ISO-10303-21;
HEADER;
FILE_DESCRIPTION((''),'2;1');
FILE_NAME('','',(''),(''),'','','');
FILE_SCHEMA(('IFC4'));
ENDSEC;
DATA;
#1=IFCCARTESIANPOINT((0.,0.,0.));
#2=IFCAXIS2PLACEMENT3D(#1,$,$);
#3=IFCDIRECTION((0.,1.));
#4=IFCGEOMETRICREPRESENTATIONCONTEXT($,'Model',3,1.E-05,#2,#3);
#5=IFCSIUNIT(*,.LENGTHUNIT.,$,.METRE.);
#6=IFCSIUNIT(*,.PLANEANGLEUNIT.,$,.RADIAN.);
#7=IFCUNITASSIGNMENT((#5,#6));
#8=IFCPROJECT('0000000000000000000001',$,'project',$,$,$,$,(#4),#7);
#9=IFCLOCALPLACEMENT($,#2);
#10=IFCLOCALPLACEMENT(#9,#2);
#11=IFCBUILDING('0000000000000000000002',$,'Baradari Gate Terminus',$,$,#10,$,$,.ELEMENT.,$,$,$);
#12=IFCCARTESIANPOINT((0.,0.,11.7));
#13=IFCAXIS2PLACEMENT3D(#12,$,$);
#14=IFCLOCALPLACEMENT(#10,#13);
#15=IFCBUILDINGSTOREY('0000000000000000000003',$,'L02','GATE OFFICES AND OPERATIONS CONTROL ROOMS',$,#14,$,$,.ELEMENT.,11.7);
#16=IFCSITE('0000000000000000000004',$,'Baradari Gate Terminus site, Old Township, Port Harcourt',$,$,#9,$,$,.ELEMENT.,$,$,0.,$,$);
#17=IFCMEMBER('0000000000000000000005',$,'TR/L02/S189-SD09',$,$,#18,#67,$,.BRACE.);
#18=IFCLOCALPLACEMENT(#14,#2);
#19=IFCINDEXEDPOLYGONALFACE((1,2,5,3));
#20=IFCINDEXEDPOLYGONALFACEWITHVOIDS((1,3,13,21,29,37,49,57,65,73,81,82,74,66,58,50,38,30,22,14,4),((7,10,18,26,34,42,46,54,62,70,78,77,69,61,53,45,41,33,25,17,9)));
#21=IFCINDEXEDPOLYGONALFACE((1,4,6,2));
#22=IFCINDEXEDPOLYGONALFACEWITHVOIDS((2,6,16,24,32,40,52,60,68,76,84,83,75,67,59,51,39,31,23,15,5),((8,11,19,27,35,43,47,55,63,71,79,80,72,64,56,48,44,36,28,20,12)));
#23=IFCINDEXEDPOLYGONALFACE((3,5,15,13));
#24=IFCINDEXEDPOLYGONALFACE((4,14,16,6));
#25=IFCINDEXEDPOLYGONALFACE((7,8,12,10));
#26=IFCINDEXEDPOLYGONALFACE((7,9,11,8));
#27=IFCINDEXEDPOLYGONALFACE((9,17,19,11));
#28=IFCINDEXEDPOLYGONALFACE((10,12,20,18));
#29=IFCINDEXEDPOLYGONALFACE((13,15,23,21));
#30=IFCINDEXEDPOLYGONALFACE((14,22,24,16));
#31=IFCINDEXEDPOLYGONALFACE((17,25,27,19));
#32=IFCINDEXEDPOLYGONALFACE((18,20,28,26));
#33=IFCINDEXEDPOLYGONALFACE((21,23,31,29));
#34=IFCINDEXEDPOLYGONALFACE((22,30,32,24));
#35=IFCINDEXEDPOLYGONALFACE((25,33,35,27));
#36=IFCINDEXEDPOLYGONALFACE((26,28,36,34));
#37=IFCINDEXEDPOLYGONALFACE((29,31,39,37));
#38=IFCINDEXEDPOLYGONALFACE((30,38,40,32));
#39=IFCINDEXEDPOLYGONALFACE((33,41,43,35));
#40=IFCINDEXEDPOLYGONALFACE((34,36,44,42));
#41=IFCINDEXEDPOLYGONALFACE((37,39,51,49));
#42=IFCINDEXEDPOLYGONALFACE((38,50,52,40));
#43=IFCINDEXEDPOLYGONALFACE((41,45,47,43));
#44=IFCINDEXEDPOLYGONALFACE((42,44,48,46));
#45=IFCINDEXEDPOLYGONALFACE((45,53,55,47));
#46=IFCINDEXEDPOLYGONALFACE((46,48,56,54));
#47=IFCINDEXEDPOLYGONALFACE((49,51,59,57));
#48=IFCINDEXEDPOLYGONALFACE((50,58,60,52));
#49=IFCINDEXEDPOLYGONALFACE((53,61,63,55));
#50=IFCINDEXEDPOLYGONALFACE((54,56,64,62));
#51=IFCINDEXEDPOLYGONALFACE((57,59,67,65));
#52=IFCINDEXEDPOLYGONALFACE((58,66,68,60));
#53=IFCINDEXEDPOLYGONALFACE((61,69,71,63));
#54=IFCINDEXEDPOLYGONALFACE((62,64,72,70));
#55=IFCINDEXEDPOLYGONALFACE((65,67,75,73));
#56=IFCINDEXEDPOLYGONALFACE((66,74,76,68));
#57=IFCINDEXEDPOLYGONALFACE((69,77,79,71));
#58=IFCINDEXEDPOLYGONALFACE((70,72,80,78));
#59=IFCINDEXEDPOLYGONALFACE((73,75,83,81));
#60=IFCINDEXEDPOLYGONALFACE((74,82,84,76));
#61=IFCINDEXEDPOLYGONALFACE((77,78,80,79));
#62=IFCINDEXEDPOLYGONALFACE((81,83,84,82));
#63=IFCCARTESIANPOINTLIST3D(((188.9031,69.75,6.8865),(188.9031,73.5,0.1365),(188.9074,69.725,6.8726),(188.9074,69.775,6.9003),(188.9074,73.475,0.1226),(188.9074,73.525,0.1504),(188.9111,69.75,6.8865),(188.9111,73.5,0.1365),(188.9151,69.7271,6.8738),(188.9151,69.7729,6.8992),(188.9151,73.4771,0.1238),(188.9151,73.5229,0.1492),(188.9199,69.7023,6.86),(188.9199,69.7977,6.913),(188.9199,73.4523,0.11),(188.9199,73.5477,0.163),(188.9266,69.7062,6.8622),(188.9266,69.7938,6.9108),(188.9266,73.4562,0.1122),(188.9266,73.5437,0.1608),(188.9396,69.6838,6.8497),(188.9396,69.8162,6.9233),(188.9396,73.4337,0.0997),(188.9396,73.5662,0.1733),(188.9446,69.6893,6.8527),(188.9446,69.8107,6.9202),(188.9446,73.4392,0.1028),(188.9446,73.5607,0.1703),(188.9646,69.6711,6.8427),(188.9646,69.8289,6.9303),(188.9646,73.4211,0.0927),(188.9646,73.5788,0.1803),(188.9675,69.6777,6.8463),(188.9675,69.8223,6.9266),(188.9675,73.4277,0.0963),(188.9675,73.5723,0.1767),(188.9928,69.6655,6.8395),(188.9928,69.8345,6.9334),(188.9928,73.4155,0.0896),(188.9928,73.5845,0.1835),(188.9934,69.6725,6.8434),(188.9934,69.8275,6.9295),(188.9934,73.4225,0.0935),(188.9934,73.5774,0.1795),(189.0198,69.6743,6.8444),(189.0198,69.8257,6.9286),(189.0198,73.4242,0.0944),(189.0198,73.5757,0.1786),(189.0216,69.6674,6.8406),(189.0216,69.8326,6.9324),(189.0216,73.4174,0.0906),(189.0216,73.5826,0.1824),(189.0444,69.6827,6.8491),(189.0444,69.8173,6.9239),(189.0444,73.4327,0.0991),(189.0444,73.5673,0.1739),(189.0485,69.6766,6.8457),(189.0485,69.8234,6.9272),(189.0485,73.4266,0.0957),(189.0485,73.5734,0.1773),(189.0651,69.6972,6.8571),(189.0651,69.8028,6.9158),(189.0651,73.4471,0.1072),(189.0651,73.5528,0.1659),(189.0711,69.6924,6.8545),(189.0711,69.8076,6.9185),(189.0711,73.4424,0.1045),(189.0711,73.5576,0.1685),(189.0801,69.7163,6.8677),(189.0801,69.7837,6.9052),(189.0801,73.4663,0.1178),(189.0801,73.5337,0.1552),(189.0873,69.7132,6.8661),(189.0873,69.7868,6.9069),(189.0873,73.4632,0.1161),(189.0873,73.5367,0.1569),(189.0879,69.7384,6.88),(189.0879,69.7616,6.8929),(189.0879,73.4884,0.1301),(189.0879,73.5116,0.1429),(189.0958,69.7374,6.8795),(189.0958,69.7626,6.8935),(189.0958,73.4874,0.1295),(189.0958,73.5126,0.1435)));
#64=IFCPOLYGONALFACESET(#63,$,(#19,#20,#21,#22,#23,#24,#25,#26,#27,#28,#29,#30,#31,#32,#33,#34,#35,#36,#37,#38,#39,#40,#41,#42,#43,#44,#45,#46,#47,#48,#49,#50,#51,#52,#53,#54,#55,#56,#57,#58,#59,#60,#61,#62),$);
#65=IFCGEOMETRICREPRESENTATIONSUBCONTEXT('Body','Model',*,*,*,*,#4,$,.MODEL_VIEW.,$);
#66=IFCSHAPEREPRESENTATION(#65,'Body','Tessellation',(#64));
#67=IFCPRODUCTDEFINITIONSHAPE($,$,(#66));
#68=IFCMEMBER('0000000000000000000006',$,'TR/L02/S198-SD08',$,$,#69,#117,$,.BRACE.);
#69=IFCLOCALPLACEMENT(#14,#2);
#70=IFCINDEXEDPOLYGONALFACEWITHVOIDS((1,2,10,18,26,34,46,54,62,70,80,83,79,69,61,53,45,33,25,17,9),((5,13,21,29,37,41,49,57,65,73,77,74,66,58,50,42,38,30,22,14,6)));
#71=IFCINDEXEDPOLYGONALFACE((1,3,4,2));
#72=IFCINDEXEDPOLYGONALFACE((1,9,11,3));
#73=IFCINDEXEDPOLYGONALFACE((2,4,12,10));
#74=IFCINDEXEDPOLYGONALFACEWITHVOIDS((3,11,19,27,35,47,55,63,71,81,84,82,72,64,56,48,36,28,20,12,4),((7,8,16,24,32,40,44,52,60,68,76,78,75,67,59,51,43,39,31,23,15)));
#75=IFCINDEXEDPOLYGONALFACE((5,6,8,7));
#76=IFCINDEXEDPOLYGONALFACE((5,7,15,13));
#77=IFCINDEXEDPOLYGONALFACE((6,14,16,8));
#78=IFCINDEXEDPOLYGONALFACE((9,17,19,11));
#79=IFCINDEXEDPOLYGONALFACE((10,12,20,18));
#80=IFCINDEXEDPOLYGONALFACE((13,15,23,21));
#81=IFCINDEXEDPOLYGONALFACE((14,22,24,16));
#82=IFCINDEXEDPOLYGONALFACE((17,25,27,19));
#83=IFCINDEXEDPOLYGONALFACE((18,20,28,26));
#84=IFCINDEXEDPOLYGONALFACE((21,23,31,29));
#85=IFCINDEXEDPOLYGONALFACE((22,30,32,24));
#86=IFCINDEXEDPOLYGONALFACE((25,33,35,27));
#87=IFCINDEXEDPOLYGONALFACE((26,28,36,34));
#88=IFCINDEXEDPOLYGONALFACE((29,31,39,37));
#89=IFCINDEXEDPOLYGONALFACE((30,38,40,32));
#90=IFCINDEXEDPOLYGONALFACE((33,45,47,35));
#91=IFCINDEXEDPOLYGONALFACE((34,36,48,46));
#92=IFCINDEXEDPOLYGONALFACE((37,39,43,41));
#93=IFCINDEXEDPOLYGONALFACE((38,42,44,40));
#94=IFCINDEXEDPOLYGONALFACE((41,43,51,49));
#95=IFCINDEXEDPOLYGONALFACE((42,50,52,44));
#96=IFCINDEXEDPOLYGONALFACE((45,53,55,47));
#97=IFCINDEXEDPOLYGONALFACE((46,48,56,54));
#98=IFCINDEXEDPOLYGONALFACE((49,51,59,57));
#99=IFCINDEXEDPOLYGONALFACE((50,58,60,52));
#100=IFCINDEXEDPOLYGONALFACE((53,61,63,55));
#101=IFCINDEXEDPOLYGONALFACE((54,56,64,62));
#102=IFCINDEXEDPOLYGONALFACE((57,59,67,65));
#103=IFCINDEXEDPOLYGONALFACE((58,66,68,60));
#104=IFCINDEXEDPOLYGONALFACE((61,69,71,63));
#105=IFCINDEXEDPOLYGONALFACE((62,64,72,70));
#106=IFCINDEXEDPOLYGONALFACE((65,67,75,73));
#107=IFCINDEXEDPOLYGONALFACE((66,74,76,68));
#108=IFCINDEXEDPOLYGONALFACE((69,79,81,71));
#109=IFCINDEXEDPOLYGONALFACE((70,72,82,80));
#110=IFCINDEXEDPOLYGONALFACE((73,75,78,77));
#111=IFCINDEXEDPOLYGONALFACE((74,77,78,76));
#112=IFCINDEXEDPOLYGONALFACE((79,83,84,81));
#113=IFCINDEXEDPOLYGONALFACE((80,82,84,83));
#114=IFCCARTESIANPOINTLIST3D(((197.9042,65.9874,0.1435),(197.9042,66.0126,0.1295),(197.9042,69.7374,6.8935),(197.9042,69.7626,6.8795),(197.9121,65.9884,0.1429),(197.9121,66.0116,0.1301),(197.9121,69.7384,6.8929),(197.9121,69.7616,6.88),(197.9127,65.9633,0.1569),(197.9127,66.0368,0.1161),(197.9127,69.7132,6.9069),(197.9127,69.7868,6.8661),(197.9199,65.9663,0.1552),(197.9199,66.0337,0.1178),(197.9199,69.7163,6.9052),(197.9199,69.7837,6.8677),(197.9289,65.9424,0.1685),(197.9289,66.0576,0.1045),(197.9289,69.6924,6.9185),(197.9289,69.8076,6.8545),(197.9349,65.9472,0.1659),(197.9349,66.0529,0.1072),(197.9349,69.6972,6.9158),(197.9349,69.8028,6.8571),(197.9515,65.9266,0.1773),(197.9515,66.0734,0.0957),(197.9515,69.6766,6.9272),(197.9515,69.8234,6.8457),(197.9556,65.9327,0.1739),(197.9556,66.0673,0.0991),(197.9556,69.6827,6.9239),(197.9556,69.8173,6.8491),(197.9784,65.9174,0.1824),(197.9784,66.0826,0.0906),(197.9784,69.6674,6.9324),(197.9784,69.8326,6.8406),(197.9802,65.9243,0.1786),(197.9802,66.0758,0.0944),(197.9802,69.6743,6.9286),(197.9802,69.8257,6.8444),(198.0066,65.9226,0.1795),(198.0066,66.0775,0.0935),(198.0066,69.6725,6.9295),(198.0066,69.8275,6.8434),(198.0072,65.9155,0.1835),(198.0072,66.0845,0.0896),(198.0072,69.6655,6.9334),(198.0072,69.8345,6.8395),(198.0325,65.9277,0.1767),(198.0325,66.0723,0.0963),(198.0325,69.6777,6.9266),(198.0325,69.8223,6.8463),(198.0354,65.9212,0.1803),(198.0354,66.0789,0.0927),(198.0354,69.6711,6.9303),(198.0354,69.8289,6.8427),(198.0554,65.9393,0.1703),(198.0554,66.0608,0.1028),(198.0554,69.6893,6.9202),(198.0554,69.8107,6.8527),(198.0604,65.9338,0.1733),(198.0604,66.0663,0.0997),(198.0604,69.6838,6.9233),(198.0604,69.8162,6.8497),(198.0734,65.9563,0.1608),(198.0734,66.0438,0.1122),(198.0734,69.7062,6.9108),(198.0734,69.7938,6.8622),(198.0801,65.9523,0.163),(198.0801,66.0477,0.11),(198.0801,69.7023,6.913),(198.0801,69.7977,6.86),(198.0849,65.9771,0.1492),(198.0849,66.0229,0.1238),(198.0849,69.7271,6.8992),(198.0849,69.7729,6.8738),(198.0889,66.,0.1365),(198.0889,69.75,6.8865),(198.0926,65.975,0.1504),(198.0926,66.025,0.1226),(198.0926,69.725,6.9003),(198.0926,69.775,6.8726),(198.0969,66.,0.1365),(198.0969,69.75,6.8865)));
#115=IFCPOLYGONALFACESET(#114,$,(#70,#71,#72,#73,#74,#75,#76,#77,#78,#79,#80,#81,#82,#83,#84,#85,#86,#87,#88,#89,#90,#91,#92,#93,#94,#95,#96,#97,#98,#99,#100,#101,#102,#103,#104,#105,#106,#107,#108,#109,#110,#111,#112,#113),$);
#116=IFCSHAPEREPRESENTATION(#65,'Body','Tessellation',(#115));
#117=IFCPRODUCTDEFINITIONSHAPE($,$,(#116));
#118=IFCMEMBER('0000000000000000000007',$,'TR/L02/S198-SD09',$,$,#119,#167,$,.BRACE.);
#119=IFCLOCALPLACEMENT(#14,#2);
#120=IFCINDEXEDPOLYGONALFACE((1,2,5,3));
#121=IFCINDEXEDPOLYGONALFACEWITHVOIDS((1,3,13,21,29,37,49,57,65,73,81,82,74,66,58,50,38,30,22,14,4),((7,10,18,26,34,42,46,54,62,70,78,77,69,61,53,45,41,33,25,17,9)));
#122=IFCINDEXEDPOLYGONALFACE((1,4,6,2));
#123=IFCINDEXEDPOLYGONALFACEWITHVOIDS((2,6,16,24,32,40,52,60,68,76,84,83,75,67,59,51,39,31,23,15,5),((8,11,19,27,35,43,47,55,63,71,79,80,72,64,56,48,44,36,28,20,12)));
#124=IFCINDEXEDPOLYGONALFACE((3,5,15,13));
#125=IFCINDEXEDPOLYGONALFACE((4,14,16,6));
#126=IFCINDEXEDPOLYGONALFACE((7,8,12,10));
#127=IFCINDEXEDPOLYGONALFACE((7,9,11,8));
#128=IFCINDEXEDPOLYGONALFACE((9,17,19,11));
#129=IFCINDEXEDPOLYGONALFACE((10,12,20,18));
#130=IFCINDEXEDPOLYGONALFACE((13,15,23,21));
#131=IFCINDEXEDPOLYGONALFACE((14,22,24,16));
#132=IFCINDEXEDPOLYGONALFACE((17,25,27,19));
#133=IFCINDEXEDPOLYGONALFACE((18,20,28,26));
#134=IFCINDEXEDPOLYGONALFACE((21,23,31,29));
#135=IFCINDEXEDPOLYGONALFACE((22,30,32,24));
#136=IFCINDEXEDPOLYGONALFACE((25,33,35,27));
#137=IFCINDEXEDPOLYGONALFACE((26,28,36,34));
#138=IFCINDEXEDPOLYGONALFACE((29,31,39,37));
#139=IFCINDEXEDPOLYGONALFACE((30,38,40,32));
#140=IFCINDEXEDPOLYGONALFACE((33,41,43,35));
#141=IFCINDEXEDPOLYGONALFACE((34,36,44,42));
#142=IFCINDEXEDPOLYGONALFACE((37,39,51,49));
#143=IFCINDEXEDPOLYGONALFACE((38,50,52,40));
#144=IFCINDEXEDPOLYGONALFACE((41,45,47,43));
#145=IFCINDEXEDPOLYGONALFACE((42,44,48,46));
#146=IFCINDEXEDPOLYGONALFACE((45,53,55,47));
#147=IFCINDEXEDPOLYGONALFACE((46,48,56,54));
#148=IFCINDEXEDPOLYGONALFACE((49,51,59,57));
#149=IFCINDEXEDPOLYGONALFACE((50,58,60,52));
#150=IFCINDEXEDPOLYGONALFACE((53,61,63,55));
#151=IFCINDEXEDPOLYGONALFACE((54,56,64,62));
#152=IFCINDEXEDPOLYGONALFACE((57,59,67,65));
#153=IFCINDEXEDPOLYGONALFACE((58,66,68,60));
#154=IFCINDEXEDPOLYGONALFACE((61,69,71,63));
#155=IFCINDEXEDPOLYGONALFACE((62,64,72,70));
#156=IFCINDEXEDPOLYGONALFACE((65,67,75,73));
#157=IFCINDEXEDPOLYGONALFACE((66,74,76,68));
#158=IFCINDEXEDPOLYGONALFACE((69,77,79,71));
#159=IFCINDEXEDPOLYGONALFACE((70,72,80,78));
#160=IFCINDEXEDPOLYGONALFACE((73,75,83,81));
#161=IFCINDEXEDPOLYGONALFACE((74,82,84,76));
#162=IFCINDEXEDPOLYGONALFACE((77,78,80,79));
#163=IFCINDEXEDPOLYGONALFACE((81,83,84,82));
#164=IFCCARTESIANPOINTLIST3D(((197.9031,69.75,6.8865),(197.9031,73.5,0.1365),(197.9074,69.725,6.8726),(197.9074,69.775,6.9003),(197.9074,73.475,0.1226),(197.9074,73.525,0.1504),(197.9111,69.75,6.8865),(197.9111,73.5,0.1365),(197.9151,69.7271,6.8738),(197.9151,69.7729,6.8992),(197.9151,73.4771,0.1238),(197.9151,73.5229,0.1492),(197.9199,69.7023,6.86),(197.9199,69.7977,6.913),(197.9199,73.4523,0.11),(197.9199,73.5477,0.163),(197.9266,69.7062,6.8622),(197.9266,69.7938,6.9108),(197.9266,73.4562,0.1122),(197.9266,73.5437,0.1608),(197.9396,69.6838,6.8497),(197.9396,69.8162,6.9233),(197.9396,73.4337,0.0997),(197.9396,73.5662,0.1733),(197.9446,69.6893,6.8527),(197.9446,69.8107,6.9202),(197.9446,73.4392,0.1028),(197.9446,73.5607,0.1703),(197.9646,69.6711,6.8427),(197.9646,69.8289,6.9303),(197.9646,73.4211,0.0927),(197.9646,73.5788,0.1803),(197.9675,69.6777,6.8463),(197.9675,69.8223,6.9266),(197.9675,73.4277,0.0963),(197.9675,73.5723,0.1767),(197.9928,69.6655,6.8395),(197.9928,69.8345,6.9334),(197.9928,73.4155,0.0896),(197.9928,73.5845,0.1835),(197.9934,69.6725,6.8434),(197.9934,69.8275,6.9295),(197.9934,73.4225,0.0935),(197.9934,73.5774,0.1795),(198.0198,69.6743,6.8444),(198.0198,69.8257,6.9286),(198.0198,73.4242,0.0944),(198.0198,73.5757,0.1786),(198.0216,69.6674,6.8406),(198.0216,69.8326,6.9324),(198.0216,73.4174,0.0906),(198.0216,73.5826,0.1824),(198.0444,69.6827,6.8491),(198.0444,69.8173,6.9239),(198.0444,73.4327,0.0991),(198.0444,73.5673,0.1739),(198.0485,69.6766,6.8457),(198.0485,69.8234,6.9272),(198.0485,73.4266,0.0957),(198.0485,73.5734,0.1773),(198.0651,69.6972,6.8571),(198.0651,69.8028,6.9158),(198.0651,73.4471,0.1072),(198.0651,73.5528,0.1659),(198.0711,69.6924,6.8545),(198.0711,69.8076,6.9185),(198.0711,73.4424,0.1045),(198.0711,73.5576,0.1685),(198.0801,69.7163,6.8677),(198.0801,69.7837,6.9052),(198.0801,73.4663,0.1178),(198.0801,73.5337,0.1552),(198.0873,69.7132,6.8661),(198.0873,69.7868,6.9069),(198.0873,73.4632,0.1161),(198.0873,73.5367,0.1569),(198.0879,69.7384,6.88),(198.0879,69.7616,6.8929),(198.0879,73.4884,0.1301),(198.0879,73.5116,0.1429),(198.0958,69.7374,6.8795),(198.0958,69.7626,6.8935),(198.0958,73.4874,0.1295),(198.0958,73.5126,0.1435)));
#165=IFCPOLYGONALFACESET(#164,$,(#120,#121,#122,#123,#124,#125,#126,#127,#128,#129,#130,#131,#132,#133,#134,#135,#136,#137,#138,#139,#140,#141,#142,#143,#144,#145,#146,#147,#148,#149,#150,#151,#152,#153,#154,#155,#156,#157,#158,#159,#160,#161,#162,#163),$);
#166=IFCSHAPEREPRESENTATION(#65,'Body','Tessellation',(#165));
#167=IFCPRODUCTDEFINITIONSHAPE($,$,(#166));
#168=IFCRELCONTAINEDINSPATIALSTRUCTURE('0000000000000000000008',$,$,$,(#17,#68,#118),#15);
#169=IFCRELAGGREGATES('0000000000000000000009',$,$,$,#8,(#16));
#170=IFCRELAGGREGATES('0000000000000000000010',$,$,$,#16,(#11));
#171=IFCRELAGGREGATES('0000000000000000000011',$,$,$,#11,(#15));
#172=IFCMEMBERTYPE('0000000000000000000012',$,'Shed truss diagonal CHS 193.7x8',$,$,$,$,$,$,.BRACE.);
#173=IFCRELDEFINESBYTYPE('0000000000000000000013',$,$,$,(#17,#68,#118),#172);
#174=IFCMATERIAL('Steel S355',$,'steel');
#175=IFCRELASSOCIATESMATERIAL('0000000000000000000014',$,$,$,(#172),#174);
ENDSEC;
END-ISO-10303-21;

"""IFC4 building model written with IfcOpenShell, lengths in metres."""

from ifc_helpers import new_model, si_unit, direction, frame, origin, origin_2d, place, context, subcontext, project, spatial, hollow_circle, extrude, material, material_profile, profile_set, type_object, element, save


model = new_model("IFC4")

# Units and contexts
model_context = context("Model", 3, precision=1e-05, world=origin(), true_north=direction((0.0, 1.0)))
body_context = subcontext(model_context, "Body", "Model", "MODEL_VIEW")
ifc_project = project(units=[si_unit("LENGTHUNIT", "METRE"), si_unit("PLANEANGLEUNIT", "RADIAN")], contexts=[model_context])

# Site, building, storey
site_placement = place(None, origin())
site = spatial("IfcSite", under=ifc_project, at=site_placement, Name="Baradari Gate Terminus site, Old Township, Port Harcourt", CompositionType="ELEMENT", RefElevation=0.0)
building_placement = place(site_placement, origin())
building = spatial("IfcBuilding", under=site, at=building_placement, Name="Baradari Gate Terminus", CompositionType="ELEMENT")
storey_placement = place(building_placement, frame((0.0, 0.0, 11.7)))
storey = spatial("IfcBuildingStorey", under=building, at=storey_placement, Name="L02", Description="GATE OFFICES AND OPERATIONS CONTROL ROOMS", CompositionType="ELEMENT", Elevation=11.7)

# Members
ifc_material_1 = material(Name="Steel S355", Category="steel")
ifc_material_profile_1 = material_profile(ifc_material_1, hollow_circle(Radius=0.0969, WallThickness=0.0081, at=origin_2d()), Name="CHS 193.7x8")
ifc_profile_set_1 = profile_set([ifc_material_profile_1], Name="Steel S355")
member_type_1 = type_object("IfcMemberType", Name="Shed truss diagonal CHS 193.7x8", PredefinedType="BRACE", material=ifc_profile_set_1)
for number, where, z_axis, x_axis, name in (
    (1, (189.0, 69.75, 6.8865), (0.0, 0.485643, -0.874157), (-1.0, 0.0, 0.0), "TR/L02/S189-SD09"),
    (2, (198.0, 69.75, 6.8865), (0.0, -0.485643, -0.874157), (1.0, 0.0, 0.0), "TR/L02/S198-SD08"),
    (3, (198.0, 69.75, 6.8865), (0.0, 0.485643, -0.874157), (-1.0, 0.0, 0.0), "TR/L02/S198-SD09"),
):
    element("IfcMember", number, at=place(storey_placement, frame(where, z_axis=z_axis, x_axis=x_axis)), inside=storey, type_object=member_type_1, Name=name, PredefinedType="BRACE", context=body_context, shape_type="SweptSolid", body=[
        extrude(hollow_circle(Radius=0.0969, WallThickness=0.0081, at=origin_2d()), origin(), (0.0, 0.0, 1.0), 7.7217),
    ])

save(model, "model.ifc")
